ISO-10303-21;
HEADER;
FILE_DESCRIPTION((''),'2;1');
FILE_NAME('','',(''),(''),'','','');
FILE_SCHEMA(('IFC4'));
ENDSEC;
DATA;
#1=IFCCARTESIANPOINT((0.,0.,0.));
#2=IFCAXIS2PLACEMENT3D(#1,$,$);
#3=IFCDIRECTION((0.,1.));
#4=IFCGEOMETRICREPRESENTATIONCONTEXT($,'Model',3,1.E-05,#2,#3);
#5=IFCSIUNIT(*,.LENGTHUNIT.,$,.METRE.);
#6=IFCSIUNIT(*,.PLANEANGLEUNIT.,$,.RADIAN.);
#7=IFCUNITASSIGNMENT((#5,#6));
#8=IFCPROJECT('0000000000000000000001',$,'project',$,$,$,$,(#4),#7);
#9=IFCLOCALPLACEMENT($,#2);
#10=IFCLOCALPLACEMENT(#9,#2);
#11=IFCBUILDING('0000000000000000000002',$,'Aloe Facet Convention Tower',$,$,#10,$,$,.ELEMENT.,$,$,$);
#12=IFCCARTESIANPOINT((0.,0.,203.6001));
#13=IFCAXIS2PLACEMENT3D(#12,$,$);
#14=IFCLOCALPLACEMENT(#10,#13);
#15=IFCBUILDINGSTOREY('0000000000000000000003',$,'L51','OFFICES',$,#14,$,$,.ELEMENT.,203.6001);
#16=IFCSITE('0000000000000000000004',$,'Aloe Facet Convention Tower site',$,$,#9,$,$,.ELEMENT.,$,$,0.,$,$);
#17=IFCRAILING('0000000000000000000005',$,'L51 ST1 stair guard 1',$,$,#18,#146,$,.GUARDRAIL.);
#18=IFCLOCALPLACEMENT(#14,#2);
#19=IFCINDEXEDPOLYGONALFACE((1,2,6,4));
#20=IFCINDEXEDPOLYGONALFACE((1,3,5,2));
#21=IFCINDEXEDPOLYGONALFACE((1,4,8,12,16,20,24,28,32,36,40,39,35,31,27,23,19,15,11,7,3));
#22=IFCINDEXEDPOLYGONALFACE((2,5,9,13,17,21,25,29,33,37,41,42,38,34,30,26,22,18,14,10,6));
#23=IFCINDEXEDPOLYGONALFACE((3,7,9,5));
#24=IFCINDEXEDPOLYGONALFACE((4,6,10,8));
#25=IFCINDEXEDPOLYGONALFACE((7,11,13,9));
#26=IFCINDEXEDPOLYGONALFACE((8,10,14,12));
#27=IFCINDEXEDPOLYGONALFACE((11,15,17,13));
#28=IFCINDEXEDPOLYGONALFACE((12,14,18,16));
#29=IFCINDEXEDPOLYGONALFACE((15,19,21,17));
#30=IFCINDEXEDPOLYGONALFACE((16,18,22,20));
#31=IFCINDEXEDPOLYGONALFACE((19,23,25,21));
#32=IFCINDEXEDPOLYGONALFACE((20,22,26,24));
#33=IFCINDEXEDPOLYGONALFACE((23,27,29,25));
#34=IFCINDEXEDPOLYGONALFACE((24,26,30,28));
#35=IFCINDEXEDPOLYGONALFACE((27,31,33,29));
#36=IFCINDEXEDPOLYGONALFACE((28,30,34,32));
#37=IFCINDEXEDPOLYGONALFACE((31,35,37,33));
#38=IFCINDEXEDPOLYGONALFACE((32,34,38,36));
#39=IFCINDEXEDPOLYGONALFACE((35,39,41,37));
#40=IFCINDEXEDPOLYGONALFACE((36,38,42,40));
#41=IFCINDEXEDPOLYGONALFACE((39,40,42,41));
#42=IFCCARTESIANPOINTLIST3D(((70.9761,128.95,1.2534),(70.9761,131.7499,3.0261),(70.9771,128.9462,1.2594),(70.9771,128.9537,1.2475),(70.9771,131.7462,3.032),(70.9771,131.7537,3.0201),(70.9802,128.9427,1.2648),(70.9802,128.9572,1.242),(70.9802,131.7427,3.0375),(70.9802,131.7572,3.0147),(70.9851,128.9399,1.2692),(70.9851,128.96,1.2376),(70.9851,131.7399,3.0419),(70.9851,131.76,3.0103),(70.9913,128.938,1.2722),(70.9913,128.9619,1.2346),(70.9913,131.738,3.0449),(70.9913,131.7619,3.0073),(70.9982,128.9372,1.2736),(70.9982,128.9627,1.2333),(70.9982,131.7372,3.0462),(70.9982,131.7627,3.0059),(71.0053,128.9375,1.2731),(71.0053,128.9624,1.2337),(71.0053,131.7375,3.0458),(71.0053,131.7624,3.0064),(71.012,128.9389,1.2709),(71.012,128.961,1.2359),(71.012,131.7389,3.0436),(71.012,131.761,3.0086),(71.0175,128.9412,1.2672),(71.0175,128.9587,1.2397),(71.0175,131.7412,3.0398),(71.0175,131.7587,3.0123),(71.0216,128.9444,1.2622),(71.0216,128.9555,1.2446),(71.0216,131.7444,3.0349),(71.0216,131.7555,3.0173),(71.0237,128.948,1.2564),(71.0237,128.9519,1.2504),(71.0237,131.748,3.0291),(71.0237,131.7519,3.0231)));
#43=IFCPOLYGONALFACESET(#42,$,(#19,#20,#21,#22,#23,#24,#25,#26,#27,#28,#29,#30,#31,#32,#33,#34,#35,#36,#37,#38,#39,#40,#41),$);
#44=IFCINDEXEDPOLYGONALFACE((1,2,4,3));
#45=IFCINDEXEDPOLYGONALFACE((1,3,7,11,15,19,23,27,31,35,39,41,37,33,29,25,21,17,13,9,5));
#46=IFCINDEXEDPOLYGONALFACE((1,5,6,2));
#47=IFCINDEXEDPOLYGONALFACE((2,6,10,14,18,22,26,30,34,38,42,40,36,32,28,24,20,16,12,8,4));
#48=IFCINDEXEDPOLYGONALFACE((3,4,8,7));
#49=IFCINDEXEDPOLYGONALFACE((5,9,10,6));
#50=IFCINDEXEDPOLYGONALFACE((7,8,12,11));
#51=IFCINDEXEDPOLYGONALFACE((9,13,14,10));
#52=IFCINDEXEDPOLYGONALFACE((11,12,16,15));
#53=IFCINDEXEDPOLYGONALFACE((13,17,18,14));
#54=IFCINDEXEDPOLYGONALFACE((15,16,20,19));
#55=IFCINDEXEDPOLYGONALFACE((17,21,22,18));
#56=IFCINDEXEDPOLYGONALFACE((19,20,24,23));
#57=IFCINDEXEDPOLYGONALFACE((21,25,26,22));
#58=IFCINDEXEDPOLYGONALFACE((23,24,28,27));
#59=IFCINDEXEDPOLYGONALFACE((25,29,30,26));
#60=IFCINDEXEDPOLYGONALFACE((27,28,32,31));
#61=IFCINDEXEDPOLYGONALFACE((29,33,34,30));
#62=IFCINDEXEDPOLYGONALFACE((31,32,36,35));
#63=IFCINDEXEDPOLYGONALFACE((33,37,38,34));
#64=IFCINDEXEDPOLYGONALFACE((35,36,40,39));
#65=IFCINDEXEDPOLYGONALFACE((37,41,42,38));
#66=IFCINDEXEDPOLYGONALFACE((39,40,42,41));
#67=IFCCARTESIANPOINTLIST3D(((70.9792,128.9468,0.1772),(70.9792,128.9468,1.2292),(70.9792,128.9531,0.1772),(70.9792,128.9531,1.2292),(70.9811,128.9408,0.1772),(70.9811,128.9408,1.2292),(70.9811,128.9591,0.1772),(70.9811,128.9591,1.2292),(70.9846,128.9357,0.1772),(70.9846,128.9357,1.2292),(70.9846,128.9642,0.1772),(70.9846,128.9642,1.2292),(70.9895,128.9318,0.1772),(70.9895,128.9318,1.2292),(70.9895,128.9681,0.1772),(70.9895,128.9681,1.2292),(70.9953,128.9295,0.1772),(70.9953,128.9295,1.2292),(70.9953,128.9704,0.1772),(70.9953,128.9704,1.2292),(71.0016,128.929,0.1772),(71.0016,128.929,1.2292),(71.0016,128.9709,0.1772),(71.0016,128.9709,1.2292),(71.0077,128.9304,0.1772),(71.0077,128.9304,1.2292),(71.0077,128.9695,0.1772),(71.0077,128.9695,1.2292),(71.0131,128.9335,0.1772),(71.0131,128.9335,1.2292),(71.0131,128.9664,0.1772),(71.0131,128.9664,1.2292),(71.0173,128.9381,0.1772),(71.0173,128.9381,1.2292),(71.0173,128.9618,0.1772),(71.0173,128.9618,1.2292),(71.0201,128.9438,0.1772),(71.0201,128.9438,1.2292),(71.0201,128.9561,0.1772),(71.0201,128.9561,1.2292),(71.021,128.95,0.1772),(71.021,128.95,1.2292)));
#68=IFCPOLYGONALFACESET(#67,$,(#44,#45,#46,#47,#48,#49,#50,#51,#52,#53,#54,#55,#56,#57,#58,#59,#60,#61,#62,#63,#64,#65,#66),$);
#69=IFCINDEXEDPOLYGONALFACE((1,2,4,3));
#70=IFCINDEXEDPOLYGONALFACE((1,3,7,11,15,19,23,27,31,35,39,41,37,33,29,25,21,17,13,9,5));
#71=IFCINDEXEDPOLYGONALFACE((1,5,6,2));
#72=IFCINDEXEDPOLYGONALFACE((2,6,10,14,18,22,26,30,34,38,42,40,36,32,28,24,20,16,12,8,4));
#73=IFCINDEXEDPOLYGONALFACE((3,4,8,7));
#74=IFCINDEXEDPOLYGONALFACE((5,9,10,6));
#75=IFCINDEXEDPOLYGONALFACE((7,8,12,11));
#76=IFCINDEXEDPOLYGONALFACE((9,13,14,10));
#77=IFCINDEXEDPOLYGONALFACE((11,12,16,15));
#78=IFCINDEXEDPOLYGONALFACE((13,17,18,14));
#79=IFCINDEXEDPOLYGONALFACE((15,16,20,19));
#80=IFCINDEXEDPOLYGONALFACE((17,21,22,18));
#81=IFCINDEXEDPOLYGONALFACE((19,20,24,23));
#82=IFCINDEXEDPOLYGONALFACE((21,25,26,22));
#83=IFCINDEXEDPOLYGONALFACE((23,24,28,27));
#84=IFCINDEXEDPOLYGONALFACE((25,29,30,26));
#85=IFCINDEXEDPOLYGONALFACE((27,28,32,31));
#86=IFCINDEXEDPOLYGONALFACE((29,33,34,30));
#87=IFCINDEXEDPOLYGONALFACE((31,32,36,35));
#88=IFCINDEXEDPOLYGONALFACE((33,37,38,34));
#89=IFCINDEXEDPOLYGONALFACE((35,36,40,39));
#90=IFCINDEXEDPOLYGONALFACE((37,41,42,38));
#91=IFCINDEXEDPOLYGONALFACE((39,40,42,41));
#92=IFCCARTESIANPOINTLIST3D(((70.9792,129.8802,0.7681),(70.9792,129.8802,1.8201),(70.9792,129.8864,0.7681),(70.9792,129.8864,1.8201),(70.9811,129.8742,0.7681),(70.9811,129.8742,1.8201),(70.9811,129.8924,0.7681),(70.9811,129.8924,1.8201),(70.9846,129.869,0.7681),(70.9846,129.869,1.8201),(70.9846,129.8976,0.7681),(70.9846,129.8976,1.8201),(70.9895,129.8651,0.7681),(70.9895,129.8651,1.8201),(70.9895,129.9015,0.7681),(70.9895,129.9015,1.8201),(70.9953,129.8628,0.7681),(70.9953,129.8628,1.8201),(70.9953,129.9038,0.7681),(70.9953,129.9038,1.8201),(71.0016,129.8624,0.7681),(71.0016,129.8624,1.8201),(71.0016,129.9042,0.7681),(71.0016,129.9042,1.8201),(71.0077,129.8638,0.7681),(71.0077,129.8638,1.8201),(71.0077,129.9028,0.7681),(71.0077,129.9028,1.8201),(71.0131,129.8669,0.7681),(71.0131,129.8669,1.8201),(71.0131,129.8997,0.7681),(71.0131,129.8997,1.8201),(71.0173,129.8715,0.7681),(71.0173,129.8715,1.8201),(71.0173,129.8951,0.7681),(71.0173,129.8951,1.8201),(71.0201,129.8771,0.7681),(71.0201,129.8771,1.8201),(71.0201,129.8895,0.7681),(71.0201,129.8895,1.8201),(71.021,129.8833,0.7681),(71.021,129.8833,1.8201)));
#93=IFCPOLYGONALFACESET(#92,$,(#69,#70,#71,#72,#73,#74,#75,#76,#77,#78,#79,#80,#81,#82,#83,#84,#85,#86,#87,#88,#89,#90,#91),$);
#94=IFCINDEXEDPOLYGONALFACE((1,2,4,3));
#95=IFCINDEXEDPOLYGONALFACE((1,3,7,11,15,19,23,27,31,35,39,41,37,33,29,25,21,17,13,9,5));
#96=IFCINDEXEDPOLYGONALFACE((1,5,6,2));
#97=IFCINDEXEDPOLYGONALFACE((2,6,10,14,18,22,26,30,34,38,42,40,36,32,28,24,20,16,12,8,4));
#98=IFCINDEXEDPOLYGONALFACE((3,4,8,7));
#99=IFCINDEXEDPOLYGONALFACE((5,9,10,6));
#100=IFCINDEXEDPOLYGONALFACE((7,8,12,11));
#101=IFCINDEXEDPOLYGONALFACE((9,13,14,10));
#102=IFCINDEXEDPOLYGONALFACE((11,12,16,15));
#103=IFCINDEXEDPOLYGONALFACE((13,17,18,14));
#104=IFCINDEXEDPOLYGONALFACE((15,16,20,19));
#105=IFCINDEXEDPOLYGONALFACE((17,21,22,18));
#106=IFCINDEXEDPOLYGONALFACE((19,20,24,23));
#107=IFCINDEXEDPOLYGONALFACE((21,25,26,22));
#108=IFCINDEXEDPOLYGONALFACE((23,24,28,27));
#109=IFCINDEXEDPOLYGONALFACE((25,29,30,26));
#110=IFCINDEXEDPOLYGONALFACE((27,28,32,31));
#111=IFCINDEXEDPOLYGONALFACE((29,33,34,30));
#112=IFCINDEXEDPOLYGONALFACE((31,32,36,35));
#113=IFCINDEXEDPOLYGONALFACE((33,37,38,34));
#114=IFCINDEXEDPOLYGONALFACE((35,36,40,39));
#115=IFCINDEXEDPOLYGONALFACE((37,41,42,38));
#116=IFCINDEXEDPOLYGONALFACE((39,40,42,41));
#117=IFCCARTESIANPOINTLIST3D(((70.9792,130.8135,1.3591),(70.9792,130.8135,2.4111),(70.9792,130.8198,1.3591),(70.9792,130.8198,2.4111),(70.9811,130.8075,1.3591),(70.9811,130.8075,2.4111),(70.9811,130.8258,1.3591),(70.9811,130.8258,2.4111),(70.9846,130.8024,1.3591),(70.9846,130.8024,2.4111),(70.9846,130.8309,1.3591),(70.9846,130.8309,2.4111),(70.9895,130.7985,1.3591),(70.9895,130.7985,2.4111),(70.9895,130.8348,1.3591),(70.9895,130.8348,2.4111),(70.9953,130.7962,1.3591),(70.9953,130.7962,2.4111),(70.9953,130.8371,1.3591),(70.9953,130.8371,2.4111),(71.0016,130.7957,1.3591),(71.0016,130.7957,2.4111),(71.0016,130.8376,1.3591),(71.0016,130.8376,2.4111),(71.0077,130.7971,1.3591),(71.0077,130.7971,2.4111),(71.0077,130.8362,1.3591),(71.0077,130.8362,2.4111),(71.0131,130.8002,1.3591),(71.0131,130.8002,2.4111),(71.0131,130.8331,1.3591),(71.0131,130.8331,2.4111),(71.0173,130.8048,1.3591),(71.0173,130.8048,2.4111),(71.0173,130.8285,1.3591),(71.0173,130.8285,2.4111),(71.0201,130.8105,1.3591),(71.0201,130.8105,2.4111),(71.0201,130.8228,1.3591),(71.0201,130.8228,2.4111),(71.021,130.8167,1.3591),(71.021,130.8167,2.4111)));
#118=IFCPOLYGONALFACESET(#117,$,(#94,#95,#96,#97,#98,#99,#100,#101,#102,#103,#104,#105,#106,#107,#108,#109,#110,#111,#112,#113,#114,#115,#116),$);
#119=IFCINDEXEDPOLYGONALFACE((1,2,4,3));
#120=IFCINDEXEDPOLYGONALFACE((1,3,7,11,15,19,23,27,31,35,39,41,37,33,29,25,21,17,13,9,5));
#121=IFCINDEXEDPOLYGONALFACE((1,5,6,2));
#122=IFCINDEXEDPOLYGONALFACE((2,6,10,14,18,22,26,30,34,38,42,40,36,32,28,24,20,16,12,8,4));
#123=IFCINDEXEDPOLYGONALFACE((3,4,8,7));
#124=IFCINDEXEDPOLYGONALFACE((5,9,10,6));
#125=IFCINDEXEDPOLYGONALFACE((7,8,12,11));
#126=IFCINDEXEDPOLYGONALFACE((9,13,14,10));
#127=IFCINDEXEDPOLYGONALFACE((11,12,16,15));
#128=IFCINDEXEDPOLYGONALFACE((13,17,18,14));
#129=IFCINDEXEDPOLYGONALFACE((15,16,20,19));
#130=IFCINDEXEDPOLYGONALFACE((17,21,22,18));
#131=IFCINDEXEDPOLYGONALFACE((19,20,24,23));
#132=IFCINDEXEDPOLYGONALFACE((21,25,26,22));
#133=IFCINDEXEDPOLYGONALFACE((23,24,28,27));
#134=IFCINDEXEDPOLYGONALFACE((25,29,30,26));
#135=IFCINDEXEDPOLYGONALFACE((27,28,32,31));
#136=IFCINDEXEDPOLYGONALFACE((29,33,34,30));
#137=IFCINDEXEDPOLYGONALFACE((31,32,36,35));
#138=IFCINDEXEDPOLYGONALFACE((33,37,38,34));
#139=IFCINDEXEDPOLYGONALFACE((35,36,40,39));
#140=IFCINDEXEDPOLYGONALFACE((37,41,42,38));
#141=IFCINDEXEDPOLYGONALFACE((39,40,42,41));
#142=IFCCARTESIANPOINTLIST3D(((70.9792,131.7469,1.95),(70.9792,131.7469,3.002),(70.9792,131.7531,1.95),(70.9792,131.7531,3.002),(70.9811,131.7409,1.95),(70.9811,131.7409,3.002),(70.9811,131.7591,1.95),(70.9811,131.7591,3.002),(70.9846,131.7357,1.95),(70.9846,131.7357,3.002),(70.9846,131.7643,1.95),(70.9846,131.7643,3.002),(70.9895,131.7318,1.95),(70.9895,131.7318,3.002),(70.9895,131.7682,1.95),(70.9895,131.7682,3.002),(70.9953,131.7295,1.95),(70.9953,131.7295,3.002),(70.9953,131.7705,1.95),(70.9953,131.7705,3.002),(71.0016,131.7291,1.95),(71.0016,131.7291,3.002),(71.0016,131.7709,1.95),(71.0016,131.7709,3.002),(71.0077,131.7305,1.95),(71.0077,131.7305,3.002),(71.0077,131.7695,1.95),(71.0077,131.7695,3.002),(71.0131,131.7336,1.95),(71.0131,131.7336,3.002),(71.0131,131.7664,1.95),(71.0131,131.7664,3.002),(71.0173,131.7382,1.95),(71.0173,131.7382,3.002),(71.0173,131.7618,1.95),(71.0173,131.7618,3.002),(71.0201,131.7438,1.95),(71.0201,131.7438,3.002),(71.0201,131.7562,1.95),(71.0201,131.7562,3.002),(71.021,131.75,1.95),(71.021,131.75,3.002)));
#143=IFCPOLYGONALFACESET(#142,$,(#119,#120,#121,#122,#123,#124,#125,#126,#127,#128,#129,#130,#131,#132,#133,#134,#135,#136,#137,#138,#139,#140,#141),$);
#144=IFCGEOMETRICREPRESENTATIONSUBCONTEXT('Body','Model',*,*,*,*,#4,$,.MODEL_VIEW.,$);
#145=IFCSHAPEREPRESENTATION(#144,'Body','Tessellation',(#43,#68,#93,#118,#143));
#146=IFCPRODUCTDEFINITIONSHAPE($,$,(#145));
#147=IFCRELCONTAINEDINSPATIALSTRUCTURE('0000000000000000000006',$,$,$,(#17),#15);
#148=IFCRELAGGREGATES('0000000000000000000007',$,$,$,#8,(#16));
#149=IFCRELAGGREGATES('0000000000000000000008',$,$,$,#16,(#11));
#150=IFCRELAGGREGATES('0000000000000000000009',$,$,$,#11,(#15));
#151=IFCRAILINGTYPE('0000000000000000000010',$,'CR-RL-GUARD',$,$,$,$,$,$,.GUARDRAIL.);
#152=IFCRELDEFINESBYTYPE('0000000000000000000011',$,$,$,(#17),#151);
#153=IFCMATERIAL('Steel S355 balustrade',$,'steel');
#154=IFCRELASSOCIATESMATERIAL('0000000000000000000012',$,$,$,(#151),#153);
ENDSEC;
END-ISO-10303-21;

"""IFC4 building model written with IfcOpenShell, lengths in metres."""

from ifc_helpers import new_model, si_unit, direction, frame, origin, origin_2d, place, context, subcontext, project, spatial, circle, extrude, material, type_object, element, save


model = new_model("IFC4")

# Units and contexts
model_context = context("Model", 3, precision=1e-05, world=origin(), true_north=direction((0.0, 1.0)))
body_context = subcontext(model_context, "Body", "Model", "MODEL_VIEW")
ifc_project = project(units=[si_unit("LENGTHUNIT", "METRE"), si_unit("PLANEANGLEUNIT", "RADIAN")], contexts=[model_context])

# Site, building, storey
site_placement = place(None, origin())
site = spatial("IfcSite", under=ifc_project, at=site_placement, Name="Aloe Facet Convention Tower site", CompositionType="ELEMENT", RefElevation=0.0)
building_placement = place(site_placement, origin())
building = spatial("IfcBuilding", under=site, at=building_placement, Name="Aloe Facet Convention Tower", CompositionType="ELEMENT")
storey_placement = place(building_placement, frame((0.0, 0.0, 203.6001)))
storey = spatial("IfcBuildingStorey", under=building, at=storey_placement, Name="L51", Description="OFFICES", CompositionType="ELEMENT", Elevation=203.6001)

# Railing
ifc_material_1 = material(Name="Steel S355 balustrade", Category="steel")
railing_type_1 = type_object("IfcRailingType", Name="CR-RL-GUARD", PredefinedType="GUARDRAIL", material=ifc_material_1)
railing_1_placement = place(storey_placement, frame((71.0, 128.95, 0.1772)))
element("IfcRailing", 1, at=railing_1_placement, inside=storey, type_object=railing_type_1, Name="L51 ST1 stair guard 1", PredefinedType="GUARDRAIL", context=body_context, shape_type="SweptSolid", body=[
    extrude(circle(Radius=0.0239, at=origin_2d()), frame((0.0, 0.0, 1.0762), z_axis=(0.0, 0.844909, 0.53491), x_axis=(-1.0, 0.0, 0.0)), (0.0, 0.0, 1.0), 3.314),
    extrude(circle(Radius=0.021, at=origin_2d()), origin(), (0.0, 0.0, 1.0), 1.052),
    extrude(circle(Radius=0.021, at=origin_2d()), frame((0.0, 0.9333, 0.5908)), (0.0, 0.0, 1.0), 1.052),
    extrude(circle(Radius=0.021, at=origin_2d()), frame((0.0, 1.8667, 1.1819)), (0.0, 0.0, 1.0), 1.052),
    extrude(circle(Radius=0.021, at=origin_2d()), frame((0.0, 2.8, 1.7727)), (0.0, 0.0, 1.0), 1.052),
])

save(model, "model.ifc")
